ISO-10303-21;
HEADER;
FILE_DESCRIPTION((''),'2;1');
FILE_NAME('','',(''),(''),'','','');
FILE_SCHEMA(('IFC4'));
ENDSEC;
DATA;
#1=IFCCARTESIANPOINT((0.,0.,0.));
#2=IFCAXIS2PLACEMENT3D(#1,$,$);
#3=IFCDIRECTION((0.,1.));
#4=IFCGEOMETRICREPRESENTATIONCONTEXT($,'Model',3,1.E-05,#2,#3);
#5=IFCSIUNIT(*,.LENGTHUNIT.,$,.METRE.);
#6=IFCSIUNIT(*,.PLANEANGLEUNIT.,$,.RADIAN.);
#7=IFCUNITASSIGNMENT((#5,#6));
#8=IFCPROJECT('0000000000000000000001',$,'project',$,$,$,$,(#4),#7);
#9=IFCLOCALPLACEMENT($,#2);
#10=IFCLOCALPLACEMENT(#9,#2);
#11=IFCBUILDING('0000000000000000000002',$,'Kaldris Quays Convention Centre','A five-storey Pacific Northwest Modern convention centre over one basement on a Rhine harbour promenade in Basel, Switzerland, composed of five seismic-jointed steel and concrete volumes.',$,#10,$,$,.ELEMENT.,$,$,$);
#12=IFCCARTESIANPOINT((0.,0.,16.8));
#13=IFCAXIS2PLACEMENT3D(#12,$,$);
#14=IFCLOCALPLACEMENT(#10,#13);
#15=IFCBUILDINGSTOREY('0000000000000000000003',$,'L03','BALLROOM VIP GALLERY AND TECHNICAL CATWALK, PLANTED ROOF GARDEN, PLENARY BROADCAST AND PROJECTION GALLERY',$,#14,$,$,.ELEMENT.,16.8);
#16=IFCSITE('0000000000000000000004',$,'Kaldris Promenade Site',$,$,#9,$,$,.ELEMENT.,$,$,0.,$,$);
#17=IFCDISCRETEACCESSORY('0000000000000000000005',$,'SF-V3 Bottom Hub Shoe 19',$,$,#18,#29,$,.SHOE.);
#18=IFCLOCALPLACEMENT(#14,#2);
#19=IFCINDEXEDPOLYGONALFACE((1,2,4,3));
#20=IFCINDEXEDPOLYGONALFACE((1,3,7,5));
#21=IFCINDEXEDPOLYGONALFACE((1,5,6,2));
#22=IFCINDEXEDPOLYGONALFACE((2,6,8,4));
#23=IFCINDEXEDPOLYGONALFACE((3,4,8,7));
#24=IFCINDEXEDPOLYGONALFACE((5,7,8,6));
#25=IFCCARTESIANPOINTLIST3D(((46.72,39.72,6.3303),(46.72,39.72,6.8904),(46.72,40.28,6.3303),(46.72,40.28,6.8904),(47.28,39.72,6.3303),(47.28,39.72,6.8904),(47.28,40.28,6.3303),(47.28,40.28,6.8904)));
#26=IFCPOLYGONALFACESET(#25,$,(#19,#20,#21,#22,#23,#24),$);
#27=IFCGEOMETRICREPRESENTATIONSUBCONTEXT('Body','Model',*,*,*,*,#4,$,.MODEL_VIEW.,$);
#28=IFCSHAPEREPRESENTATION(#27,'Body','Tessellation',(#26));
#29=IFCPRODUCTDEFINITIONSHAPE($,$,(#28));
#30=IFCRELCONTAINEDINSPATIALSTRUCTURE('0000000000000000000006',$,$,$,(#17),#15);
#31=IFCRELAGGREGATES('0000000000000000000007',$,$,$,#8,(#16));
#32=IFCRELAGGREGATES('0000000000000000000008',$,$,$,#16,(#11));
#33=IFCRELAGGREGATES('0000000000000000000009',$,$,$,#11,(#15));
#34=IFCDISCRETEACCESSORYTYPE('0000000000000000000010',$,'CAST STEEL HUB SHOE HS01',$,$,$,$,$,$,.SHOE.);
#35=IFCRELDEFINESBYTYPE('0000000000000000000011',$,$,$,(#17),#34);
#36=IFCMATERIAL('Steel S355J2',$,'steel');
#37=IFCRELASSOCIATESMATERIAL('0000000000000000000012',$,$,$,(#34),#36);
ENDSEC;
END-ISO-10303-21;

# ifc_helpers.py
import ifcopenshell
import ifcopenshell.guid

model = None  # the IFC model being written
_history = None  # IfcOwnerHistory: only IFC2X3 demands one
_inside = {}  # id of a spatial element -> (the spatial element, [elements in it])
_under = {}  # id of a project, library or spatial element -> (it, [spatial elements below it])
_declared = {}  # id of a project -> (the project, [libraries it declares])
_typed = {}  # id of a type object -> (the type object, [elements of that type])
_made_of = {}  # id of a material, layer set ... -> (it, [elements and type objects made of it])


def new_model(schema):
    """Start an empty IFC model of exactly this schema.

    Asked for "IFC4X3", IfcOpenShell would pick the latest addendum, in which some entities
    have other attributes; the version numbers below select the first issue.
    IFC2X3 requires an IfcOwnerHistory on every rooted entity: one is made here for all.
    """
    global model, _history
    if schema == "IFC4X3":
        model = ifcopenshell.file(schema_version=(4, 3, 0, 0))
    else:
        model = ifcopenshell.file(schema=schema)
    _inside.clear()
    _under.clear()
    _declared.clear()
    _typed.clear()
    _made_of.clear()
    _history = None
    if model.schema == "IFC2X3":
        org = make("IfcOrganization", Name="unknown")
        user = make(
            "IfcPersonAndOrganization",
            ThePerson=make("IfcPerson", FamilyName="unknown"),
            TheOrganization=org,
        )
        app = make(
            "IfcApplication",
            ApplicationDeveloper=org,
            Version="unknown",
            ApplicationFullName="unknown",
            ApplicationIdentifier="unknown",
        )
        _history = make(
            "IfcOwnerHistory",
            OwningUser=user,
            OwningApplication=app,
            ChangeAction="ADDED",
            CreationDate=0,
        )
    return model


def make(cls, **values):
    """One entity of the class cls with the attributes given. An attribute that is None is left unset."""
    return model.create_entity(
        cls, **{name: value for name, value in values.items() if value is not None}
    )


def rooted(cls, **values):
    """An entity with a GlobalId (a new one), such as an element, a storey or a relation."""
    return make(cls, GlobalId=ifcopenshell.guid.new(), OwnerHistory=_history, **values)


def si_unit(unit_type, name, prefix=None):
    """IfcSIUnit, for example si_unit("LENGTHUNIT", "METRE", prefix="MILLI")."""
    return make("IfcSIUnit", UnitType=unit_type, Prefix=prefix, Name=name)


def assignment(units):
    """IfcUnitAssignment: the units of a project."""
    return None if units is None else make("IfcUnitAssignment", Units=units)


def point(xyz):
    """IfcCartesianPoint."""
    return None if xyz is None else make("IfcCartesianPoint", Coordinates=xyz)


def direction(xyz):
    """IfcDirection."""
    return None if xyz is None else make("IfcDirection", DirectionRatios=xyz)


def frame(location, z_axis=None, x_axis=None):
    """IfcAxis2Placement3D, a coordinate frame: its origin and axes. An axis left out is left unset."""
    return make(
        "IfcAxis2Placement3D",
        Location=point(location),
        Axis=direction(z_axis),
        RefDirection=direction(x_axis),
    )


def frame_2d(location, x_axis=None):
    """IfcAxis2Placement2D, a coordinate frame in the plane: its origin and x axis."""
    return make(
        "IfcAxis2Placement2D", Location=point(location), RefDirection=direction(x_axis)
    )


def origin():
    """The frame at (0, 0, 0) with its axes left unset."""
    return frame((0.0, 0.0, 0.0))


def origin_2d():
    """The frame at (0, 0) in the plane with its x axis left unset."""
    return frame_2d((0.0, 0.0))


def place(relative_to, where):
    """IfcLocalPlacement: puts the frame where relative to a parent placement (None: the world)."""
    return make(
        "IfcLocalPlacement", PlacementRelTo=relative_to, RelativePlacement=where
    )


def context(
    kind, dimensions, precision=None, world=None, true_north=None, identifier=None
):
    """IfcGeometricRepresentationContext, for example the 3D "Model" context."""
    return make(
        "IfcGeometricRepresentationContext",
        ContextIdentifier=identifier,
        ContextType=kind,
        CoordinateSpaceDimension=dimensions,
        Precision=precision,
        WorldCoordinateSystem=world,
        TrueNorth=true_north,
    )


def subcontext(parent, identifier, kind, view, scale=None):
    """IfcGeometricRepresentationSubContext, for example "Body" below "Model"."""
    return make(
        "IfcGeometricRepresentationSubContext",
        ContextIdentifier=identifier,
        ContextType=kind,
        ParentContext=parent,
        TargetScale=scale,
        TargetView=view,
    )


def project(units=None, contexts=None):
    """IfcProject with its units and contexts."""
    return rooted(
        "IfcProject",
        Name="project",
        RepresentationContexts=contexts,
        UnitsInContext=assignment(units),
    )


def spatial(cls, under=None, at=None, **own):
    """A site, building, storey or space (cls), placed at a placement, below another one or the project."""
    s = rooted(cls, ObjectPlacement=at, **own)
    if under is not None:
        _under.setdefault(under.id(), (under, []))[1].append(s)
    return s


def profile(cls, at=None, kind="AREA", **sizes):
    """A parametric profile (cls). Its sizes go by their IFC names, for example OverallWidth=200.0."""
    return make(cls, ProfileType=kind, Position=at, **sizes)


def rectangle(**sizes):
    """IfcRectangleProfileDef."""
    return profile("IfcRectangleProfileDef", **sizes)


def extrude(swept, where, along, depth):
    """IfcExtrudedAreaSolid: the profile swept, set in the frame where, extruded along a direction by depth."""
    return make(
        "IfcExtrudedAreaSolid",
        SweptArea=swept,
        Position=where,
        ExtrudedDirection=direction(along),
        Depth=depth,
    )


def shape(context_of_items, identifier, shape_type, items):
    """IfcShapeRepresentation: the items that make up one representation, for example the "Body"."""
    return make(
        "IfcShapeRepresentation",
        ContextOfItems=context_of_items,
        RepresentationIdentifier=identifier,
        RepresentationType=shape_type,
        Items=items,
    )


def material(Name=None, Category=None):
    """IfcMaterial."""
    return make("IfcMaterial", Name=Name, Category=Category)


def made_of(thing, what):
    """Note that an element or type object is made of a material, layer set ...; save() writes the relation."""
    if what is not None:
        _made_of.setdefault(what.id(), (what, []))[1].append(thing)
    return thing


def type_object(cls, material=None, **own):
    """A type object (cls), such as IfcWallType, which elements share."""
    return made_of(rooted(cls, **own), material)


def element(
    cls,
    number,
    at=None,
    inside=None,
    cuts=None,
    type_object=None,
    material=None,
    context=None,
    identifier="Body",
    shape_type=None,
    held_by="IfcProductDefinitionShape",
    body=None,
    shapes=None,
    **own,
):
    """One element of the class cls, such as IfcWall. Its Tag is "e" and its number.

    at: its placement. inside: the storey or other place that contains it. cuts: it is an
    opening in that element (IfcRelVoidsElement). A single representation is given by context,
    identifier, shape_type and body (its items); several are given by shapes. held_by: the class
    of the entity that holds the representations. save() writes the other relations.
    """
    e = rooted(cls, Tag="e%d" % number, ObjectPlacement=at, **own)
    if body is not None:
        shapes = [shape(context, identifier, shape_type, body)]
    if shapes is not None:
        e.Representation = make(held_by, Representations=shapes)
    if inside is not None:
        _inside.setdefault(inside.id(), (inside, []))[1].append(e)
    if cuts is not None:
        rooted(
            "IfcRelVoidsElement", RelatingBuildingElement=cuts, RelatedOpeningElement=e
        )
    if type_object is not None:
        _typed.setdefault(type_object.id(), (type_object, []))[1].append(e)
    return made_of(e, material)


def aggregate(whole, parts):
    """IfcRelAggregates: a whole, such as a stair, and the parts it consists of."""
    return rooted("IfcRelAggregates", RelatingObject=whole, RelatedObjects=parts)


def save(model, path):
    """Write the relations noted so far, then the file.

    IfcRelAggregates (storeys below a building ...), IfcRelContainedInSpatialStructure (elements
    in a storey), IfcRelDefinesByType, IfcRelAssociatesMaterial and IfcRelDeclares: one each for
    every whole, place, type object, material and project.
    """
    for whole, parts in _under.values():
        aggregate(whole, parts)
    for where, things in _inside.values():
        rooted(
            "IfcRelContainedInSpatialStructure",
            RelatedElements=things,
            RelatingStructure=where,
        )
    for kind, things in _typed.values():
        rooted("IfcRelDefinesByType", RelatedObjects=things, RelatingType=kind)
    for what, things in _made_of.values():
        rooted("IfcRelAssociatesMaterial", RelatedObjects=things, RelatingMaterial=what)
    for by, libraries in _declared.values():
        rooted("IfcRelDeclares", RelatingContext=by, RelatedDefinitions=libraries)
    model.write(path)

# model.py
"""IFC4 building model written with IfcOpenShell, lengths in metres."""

from ifc_helpers import new_model, si_unit, direction, frame, origin, origin_2d, place, context, subcontext, project, spatial, rectangle, extrude, material, type_object, element, save


model = new_model("IFC4")

# Units and contexts
model_context = context("Model", 3, precision=1e-05, world=origin(), true_north=direction((0.0, 1.0)))
body_context = subcontext(model_context, "Body", "Model", "MODEL_VIEW")
ifc_project = project(units=[si_unit("LENGTHUNIT", "METRE"), si_unit("PLANEANGLEUNIT", "RADIAN")], contexts=[model_context])

# Site, building, storey
site_placement = place(None, origin())
site = spatial("IfcSite", under=ifc_project, at=site_placement, Name="Kaldris Promenade Site", CompositionType="ELEMENT", RefElevation=0.0)
building_placement = place(site_placement, origin())
building = spatial("IfcBuilding", under=site, at=building_placement, Name="Kaldris Quays Convention Centre", Description="A five-storey Pacific Northwest Modern convention centre over one basement on a Rhine harbour promenade in Basel, Switzerland, composed of five seismic-jointed steel and concrete volumes.", CompositionType="ELEMENT")
storey_placement = place(building_placement, frame((0.0, 0.0, 16.8)))
storey = spatial("IfcBuildingStorey", under=building, at=storey_placement, Name="L03", Description="BALLROOM VIP GALLERY AND TECHNICAL CATWALK, PLANTED ROOF GARDEN, PLENARY BROADCAST AND PROJECTION GALLERY", CompositionType="ELEMENT", Elevation=16.8)

# Discrete accessory
ifc_material_1 = material(Name="Steel S355J2", Category="steel")
discrete_accessory_type = type_object("IfcDiscreteAccessoryType", Name="CAST STEEL HUB SHOE HS01", PredefinedType="SHOE", material=ifc_material_1)
discrete_accessory_placement = place(storey_placement, frame((47.0, 40.0, 6.3303), z_axis=(0.0, 0.0, 1.0), x_axis=(1.0, 0.0, 0.0)))
element("IfcDiscreteAccessory", 1, at=discrete_accessory_placement, inside=storey, type_object=discrete_accessory_type, Name="SF-V3 Bottom Hub Shoe 19", PredefinedType="SHOE", context=body_context, shape_type="SweptSolid", body=[
    extrude(rectangle(XDim=0.5601, YDim=0.5601, at=origin_2d()), origin(), (0.0, 0.0, 1.0), 0.5601),
])

save(model, "model.ifc")
